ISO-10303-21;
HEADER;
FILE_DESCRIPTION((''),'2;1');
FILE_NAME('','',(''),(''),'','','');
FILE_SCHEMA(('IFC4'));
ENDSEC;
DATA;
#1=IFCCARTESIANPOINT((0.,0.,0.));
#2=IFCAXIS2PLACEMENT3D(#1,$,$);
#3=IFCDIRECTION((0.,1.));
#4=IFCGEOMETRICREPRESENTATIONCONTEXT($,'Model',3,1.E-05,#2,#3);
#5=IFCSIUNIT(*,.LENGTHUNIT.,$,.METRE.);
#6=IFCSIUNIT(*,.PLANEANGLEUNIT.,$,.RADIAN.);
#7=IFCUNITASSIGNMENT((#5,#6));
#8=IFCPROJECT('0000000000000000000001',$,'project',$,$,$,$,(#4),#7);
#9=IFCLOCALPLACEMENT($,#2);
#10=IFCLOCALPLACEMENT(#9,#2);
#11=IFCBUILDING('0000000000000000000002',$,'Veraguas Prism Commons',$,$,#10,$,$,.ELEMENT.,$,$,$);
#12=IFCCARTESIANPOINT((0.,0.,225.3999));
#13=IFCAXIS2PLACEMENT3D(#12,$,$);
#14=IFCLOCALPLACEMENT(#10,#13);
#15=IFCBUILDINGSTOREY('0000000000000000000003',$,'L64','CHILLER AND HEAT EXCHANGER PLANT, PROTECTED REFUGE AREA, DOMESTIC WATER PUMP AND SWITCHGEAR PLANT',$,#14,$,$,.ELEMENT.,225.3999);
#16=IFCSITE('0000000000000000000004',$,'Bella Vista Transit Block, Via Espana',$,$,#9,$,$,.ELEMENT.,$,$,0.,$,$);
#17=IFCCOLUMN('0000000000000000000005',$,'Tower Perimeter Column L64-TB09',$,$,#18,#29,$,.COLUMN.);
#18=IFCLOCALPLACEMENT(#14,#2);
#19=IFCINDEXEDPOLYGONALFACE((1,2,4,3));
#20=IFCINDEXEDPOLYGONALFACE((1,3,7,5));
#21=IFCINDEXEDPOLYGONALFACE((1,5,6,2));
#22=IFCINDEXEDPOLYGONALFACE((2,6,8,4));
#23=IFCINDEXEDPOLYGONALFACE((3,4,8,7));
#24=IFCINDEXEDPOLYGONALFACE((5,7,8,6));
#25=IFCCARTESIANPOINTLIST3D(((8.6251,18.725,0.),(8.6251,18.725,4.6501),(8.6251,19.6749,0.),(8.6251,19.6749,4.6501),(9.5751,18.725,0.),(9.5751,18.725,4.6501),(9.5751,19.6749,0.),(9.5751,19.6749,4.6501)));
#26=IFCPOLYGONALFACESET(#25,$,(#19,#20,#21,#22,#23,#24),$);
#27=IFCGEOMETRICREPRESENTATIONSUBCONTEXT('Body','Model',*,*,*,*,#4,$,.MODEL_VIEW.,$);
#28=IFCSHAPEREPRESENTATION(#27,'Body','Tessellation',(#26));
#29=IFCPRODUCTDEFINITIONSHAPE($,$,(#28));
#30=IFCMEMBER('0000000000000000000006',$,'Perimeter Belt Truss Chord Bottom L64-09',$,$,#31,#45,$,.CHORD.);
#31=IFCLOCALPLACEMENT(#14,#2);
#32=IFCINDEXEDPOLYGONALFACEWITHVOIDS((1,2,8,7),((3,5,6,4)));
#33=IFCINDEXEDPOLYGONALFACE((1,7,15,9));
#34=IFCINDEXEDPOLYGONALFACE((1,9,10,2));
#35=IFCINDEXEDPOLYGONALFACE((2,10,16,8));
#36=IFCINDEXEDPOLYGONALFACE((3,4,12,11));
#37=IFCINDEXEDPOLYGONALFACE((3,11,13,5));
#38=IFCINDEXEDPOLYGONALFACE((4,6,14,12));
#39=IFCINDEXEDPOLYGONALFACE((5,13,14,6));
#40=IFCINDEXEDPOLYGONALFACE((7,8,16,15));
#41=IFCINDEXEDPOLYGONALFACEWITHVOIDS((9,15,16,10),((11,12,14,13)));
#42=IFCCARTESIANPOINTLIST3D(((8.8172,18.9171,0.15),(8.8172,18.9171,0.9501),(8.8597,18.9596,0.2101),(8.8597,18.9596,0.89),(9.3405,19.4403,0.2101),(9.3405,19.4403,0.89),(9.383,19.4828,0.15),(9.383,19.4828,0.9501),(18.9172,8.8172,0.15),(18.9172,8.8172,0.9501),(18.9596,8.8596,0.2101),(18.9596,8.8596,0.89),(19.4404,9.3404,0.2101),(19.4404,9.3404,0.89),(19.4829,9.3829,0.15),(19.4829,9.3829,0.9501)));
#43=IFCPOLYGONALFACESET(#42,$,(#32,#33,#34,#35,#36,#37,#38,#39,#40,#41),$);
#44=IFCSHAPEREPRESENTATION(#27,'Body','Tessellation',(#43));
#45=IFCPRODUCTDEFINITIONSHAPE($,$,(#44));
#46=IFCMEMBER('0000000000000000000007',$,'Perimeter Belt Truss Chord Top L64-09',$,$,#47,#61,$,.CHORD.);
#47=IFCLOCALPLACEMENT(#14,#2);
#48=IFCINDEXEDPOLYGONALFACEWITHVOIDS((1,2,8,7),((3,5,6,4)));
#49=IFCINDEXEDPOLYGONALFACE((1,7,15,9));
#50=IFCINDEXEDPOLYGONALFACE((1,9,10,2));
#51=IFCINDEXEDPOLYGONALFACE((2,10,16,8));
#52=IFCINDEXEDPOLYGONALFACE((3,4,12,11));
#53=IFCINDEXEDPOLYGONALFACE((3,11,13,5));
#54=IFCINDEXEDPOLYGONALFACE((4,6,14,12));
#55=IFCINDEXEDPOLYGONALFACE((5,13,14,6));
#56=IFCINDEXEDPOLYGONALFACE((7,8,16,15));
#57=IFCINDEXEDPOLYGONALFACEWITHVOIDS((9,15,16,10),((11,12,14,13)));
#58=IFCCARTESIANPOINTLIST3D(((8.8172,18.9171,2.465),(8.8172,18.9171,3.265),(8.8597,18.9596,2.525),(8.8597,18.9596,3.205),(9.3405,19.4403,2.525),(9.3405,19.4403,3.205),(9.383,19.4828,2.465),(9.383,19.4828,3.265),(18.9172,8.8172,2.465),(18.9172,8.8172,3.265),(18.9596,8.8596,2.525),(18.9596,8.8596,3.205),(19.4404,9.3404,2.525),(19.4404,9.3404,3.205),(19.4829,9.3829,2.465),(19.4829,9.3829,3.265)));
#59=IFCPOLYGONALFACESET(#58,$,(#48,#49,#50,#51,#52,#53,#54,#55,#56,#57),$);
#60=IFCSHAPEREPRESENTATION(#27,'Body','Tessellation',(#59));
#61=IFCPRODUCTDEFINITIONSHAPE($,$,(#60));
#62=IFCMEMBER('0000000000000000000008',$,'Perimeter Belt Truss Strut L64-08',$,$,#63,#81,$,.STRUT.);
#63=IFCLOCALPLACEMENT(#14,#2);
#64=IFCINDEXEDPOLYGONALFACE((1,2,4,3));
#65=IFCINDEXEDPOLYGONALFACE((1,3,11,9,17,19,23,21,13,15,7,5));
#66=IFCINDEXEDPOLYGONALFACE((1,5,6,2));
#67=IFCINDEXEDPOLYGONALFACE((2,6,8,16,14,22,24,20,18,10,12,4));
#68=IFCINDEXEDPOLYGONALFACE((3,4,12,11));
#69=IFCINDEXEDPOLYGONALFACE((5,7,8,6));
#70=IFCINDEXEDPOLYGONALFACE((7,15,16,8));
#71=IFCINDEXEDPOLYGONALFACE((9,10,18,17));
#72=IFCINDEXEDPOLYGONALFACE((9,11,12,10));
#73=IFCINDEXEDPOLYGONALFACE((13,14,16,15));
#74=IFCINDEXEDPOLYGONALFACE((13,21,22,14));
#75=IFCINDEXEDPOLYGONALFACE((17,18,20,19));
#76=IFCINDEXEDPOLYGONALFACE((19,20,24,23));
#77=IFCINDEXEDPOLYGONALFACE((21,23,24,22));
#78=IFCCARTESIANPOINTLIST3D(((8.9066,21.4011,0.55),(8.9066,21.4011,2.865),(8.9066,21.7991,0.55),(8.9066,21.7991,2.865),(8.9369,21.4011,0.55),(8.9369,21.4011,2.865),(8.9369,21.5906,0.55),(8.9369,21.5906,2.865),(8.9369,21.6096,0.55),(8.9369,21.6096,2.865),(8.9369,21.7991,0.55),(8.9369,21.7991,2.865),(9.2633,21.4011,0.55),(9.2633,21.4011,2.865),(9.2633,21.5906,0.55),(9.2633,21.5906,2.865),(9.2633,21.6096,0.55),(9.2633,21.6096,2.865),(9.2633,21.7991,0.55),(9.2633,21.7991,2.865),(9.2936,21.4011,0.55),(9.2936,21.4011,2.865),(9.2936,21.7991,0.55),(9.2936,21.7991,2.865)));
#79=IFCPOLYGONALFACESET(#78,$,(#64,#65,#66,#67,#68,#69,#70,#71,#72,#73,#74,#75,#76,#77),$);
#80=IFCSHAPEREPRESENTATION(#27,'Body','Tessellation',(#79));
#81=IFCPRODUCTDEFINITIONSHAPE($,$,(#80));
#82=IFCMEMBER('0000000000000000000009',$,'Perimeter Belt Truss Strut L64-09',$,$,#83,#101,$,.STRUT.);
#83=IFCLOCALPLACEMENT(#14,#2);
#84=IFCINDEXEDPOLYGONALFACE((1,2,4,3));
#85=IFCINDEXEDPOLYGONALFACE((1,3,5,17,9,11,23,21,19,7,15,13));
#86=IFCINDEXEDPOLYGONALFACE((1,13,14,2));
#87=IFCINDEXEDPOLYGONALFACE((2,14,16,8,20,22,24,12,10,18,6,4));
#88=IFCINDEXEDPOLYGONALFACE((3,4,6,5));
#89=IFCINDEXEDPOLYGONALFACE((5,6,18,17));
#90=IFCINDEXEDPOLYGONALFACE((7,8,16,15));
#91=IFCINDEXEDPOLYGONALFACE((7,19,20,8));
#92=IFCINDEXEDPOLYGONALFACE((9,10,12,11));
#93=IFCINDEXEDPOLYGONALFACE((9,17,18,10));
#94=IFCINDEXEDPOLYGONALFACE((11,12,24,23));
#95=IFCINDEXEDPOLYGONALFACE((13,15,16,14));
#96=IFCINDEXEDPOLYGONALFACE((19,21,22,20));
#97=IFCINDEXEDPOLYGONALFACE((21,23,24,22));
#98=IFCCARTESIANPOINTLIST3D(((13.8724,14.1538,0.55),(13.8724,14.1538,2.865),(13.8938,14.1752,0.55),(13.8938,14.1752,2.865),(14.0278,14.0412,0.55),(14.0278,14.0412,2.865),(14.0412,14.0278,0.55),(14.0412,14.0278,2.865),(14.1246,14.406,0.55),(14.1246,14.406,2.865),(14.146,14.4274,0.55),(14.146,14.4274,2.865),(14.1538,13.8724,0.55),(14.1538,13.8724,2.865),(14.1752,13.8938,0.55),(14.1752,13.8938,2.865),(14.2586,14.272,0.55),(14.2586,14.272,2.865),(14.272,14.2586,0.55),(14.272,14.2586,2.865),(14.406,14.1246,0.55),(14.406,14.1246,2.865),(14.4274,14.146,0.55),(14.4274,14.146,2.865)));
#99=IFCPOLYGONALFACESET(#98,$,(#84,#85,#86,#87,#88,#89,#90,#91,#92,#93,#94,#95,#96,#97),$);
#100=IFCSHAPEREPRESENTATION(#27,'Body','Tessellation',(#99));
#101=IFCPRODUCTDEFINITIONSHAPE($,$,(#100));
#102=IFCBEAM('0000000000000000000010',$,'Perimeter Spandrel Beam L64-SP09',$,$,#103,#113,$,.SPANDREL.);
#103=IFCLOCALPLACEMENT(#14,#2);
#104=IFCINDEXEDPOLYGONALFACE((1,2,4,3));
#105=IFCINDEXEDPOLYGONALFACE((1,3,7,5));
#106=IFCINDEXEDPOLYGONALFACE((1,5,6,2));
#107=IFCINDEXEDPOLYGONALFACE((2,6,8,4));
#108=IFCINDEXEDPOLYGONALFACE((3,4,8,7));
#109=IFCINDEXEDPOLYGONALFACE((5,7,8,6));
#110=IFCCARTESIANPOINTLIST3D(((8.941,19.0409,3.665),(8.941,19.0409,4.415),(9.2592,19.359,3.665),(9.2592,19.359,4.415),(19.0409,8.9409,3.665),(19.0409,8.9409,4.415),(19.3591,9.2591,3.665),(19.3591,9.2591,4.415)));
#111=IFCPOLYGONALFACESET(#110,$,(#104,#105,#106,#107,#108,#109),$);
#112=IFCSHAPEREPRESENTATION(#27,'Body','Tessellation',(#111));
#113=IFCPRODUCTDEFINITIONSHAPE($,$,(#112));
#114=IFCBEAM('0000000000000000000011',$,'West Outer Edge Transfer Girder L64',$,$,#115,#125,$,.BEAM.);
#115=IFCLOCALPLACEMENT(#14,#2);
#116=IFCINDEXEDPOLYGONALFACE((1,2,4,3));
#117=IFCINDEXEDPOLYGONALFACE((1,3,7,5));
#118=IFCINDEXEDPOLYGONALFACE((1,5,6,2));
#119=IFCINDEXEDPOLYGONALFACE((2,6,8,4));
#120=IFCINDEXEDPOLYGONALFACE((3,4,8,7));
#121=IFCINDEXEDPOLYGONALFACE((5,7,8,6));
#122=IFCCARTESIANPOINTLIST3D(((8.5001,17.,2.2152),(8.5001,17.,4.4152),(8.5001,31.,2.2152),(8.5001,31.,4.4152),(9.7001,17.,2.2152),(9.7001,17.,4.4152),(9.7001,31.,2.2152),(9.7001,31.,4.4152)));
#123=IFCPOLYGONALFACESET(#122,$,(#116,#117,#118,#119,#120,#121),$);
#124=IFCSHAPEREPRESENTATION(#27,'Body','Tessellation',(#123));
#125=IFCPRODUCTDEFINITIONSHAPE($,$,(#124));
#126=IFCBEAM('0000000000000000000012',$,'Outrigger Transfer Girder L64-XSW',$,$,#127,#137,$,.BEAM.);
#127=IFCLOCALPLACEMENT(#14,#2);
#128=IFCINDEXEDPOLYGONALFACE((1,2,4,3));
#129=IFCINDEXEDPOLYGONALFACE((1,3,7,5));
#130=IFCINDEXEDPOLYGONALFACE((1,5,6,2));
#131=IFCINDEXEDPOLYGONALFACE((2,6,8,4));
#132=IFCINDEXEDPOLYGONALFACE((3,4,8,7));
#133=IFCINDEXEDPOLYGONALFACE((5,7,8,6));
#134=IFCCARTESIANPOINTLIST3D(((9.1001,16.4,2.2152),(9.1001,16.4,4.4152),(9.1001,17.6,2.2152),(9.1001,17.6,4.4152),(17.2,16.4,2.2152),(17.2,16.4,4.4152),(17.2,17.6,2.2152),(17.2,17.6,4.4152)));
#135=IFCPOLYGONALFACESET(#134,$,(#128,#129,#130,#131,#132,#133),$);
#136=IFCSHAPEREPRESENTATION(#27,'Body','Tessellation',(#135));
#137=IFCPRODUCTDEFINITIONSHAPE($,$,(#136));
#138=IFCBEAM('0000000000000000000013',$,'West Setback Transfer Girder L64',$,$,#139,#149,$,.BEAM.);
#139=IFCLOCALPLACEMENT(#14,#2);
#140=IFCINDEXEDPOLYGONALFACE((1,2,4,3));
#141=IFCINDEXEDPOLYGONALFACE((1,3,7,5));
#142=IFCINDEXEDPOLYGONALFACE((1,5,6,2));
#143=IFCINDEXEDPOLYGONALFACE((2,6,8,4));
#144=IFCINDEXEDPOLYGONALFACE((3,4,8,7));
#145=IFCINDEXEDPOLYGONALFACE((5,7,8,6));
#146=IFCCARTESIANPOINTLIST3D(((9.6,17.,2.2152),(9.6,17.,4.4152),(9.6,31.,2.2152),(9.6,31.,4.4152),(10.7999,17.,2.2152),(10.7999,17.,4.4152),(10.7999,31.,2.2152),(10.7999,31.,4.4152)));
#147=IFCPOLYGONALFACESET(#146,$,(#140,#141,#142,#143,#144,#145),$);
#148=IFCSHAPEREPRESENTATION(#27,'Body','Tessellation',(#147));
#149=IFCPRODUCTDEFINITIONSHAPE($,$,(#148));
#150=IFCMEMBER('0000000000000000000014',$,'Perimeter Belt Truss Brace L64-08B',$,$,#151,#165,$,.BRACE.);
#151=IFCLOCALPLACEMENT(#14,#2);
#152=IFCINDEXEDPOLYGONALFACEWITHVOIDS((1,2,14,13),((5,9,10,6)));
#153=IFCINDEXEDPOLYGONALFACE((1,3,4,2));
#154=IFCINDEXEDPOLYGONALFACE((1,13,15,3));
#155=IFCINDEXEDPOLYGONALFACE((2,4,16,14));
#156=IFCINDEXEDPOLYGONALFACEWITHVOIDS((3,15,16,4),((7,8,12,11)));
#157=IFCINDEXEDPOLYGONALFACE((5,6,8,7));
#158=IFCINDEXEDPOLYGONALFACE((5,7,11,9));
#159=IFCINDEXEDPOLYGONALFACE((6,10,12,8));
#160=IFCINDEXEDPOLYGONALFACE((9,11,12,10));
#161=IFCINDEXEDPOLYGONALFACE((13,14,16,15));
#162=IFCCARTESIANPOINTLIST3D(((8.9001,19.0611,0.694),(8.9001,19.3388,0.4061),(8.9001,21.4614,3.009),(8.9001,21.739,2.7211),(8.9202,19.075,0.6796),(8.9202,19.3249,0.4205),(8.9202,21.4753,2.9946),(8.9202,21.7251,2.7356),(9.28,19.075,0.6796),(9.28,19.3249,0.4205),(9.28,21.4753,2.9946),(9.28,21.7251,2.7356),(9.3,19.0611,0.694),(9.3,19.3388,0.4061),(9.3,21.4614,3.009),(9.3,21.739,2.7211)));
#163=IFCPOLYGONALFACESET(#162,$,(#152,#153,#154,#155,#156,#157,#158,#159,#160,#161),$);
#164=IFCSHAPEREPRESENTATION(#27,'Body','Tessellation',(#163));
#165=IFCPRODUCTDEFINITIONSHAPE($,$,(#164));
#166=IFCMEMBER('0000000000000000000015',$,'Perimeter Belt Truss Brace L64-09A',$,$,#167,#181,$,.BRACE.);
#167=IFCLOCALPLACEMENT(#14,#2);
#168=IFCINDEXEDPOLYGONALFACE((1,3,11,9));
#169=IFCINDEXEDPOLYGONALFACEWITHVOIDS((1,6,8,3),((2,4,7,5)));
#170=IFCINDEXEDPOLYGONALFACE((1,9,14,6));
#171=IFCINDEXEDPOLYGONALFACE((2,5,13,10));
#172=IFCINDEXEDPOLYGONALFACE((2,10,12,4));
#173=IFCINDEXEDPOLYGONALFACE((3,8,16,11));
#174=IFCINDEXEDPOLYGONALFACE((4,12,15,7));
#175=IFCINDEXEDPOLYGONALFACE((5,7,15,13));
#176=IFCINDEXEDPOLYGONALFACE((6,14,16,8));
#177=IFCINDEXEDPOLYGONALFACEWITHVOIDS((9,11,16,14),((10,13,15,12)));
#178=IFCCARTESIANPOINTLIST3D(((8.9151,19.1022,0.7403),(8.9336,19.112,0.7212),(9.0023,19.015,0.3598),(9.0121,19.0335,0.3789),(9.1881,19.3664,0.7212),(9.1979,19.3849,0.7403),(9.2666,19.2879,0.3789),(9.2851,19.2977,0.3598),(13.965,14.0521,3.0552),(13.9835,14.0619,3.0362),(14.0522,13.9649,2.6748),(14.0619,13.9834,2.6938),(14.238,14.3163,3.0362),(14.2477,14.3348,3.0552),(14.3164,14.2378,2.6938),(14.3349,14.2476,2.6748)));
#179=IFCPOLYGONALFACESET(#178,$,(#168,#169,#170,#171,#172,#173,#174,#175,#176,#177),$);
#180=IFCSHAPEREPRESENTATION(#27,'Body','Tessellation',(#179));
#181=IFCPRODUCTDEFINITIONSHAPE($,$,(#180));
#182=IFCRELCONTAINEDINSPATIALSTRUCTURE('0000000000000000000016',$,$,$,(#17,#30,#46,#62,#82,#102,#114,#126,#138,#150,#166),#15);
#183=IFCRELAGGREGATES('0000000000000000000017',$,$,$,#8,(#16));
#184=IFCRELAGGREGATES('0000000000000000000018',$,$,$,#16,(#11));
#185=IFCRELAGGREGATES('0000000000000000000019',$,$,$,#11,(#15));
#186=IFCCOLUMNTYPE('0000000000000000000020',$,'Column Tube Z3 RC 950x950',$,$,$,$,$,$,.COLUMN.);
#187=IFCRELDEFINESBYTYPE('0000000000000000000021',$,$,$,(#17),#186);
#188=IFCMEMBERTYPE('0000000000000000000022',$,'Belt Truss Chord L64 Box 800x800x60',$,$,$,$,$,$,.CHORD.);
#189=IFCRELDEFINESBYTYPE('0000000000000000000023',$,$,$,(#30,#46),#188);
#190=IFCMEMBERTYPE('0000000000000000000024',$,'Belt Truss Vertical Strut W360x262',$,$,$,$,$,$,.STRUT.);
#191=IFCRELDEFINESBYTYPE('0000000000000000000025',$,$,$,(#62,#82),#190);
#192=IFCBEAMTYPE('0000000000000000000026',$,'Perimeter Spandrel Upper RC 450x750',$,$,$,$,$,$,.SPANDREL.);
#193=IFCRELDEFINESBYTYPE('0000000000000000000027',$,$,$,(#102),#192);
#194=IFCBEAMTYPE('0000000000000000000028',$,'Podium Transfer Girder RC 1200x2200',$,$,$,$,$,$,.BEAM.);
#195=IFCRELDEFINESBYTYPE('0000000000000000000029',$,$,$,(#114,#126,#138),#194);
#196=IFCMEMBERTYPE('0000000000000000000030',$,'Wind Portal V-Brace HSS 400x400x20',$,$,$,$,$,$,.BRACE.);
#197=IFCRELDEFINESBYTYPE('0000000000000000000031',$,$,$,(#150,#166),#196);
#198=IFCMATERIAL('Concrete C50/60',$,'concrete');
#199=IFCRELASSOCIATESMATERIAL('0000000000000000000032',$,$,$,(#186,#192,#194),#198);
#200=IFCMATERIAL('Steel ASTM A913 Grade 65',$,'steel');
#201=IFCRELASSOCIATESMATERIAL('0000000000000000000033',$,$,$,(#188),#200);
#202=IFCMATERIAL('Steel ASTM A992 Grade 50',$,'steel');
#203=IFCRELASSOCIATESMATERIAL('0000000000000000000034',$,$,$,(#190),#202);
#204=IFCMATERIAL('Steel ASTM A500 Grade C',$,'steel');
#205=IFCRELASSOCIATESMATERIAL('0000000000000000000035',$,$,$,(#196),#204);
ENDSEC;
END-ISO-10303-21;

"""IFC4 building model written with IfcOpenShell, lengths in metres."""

from ifc_helpers import new_model, si_unit, direction, frame, origin, origin_2d, place, context, subcontext, project, spatial, rectangle, hollow_rectangle, i_section, extrude, material, material_profile, profile_set, type_object, element, save


model = new_model("IFC4")

# Units and contexts
model_context = context("Model", 3, precision=1e-05, world=origin(), true_north=direction((0.0, 1.0)))
body_context = subcontext(model_context, "Body", "Model", "MODEL_VIEW")
ifc_project = project(units=[si_unit("LENGTHUNIT", "METRE"), si_unit("PLANEANGLEUNIT", "RADIAN")], contexts=[model_context])

# Site, building, storey
site_placement = place(None, origin())
site = spatial("IfcSite", under=ifc_project, at=site_placement, Name="Bella Vista Transit Block, Via Espana", CompositionType="ELEMENT", RefElevation=0.0)
building_placement = place(site_placement, origin())
building = spatial("IfcBuilding", under=site, at=building_placement, Name="Veraguas Prism Commons", CompositionType="ELEMENT")
storey_placement = place(building_placement, frame((0.0, 0.0, 225.3999)))
storey = spatial("IfcBuildingStorey", under=building, at=storey_placement, Name="L64", Description="CHILLER AND HEAT EXCHANGER PLANT, PROTECTED REFUGE AREA, DOMESTIC WATER PUMP AND SWITCHGEAR PLANT", CompositionType="ELEMENT", Elevation=225.3999)

# Column
ifc_material_1 = material(Name="Concrete C50/60", Category="concrete")
ifc_material_profile_1 = material_profile(ifc_material_1, rectangle(XDim=0.95, YDim=0.95, at=origin_2d()), Name="RC950X950")
ifc_profile_set_1 = profile_set([ifc_material_profile_1], Name="Concrete C50/60")
column_type = type_object("IfcColumnType", Name="Column Tube Z3 RC 950x950", PredefinedType="COLUMN", material=ifc_profile_set_1)
column_placement = place(storey_placement, frame((9.1001, 19.2, 0.0), z_axis=(0.0, 0.0, 1.0), x_axis=(1.0, 0.0, 0.0)))
element("IfcColumn", 1, at=column_placement, inside=storey, type_object=column_type, Name="Tower Perimeter Column L64-TB09", PredefinedType="COLUMN", context=body_context, shape_type="SweptSolid", body=[
    extrude(rectangle(XDim=0.95, YDim=0.95, at=origin_2d()), origin(), (0.0, 0.0, 1.0), 4.6501),
])

# Members
ifc_material_2 = material(Name="Steel ASTM A913 Grade 65", Category="steel")
ifc_material_profile_2 = material_profile(ifc_material_2, hollow_rectangle(XDim=0.8, YDim=0.8, WallThickness=0.0601, at=origin_2d()), Name="BOX800X800X60")
ifc_profile_set_2 = profile_set([ifc_material_profile_2], Name="Steel ASTM A913 Grade 65")
member_type_1 = type_object("IfcMemberType", Name="Belt Truss Chord L64 Box 800x800x60", PredefinedType="CHORD", material=ifc_profile_set_2)
for number, where, z_axis, x_axis, name in (
    (2, (9.1001, 19.2, 0.55), (0.707107, -0.707107, 0.0), (0.707107, 0.707107, 0.0), "Perimeter Belt Truss Chord Bottom L64-09"),
    (3, (9.1001, 19.2, 2.865), (0.707107, -0.707107, 0.0), (0.707107, 0.707107, 0.0), "Perimeter Belt Truss Chord Top L64-09"),
):
    element("IfcMember", number, at=place(storey_placement, frame(where, z_axis=z_axis, x_axis=x_axis)), inside=storey, type_object=member_type_1, Name=name, PredefinedType="CHORD", context=body_context, shape_type="SweptSolid", body=[
        extrude(hollow_rectangle(XDim=0.8, YDim=0.8, WallThickness=0.0601, at=origin_2d()), origin(), (0.0, 0.0, 1.0), 14.2834),
    ])
ifc_material_3 = material(Name="Steel ASTM A992 Grade 50", Category="steel")
ifc_material_profile_3 = material_profile(ifc_material_3, i_section(OverallWidth=0.3979, OverallDepth=0.387, WebThickness=0.019, FlangeThickness=0.0303, at=origin_2d()), Name="W360X262")
ifc_profile_set_3 = profile_set([ifc_material_profile_3], Name="Steel ASTM A992 Grade 50")
member_type_2 = type_object("IfcMemberType", Name="Belt Truss Vertical Strut W360x262", PredefinedType="STRUT", material=ifc_profile_set_3)
for number, where, z_axis, x_axis, name in (
    (4, (9.1001, 21.6001, 0.55), (0.0, 0.0, 1.0), (0.0, -1.0, 0.0), "Perimeter Belt Truss Strut L64-08"),
    (5, (14.1499, 14.1499, 0.55), (0.0, 0.0, 1.0), (0.707107, -0.707107, 0.0), "Perimeter Belt Truss Strut L64-09"),
):
    element("IfcMember", number, at=place(storey_placement, frame(where, z_axis=z_axis, x_axis=x_axis)), inside=storey, type_object=member_type_2, Name=name, PredefinedType="STRUT", context=body_context, shape_type="SweptSolid", body=[
        extrude(i_section(OverallWidth=0.3979, OverallDepth=0.387, WebThickness=0.019, FlangeThickness=0.0303, at=origin_2d()), origin(), (0.0, 0.0, 1.0), 2.3149),
    ])

# Beams
ifc_material_profile_4 = material_profile(ifc_material_1, rectangle(XDim=0.45, YDim=0.75, at=origin_2d()), Name="RC450X750")
ifc_profile_set_4 = profile_set([ifc_material_profile_4], Name="Concrete C50/60")
beam_type_1 = type_object("IfcBeamType", Name="Perimeter Spandrel Upper RC 450x750", PredefinedType="SPANDREL", material=ifc_profile_set_4)
beam_1_placement = place(storey_placement, frame((9.1001, 19.2, 4.04), z_axis=(0.707107, -0.707107, 0.0), x_axis=(0.707107, 0.707107, 0.0)))
element("IfcBeam", 6, at=beam_1_placement, inside=storey, type_object=beam_type_1, Name="Perimeter Spandrel Beam L64-SP09", PredefinedType="SPANDREL", context=body_context, shape_type="SweptSolid", body=[
    extrude(rectangle(XDim=0.45, YDim=0.75, at=origin_2d()), origin(), (0.0, 0.0, 1.0), 14.2834),
])
ifc_material_profile_5 = material_profile(ifc_material_1, rectangle(XDim=1.2, YDim=2.2, at=origin_2d()), Name="RC1200X2200")
ifc_profile_set_5 = profile_set([ifc_material_profile_5], Name="Concrete C50/60")
beam_type_2 = type_object("IfcBeamType", Name="Podium Transfer Girder RC 1200x2200", PredefinedType="BEAM", material=ifc_profile_set_5)
beam_2_placement = place(storey_placement, frame((9.1001, 17.0, 3.3152), z_axis=(0.0, 1.0, 0.0), x_axis=(-1.0, 0.0, 0.0)))
element("IfcBeam", 7, at=beam_2_placement, inside=storey, type_object=beam_type_2, Name="West Outer Edge Transfer Girder L64", PredefinedType="BEAM", context=body_context, shape_type="SweptSolid", body=[
    extrude(rectangle(XDim=1.2, YDim=2.2, at=origin_2d()), origin(), (0.0, 0.0, 1.0), 14.0),
])
beam_3_placement = place(storey_placement, frame((9.1001, 17.0, 3.3152), z_axis=(1.0, 0.0, 0.0), x_axis=(0.0, 1.0, 0.0)))
element("IfcBeam", 8, at=beam_3_placement, inside=storey, type_object=beam_type_2, Name="Outrigger Transfer Girder L64-XSW", PredefinedType="BEAM", context=body_context, shape_type="SweptSolid", body=[
    extrude(rectangle(XDim=1.2, YDim=2.2, at=origin_2d()), origin(), (0.0, 0.0, 1.0), 8.0999),
])
beam_4_placement = place(storey_placement, frame((10.2, 17.0, 3.3152), z_axis=(0.0, 1.0, 0.0), x_axis=(-1.0, 0.0, 0.0)))
element("IfcBeam", 9, at=beam_4_placement, inside=storey, type_object=beam_type_2, Name="West Setback Transfer Girder L64", PredefinedType="BEAM", context=body_context, shape_type="SweptSolid", body=[
    extrude(rectangle(XDim=1.2, YDim=2.2, at=origin_2d()), origin(), (0.0, 0.0, 1.0), 14.0),
])

# Members
ifc_material_4 = material(Name="Steel ASTM A500 Grade C", Category="steel")
ifc_material_profile_6 = material_profile(ifc_material_4, hollow_rectangle(XDim=0.3999, YDim=0.3999, WallThickness=0.02, at=origin_2d()), Name="HSS400X400X20")
ifc_profile_set_6 = profile_set([ifc_material_profile_6], Name="Steel ASTM A500 Grade C")
member_type_3 = type_object("IfcMemberType", Name="Wind Portal V-Brace HSS 400x400x20", PredefinedType="BRACE", material=ifc_profile_set_6)
member_1_placement = place(storey_placement, frame((9.1001, 19.2, 0.55), z_axis=(0.0, 0.719767, 0.694216), x_axis=(-1.0, 0.0, 0.0)))
element("IfcMember", 10, at=member_1_placement, inside=storey, type_object=member_type_3, Name="Perimeter Belt Truss Brace L64-08B", PredefinedType="BRACE", context=body_context, shape_type="SweptSolid", body=[
    extrude(hollow_rectangle(XDim=0.3999, YDim=0.3999, WallThickness=0.02, at=origin_2d()), origin(), (0.0, 0.0, 1.0), 3.3347),
])
member_2_placement = place(storey_placement, frame((9.1001, 19.2, 0.55), z_axis=(0.672635, -0.672668, 0.308351), x_axis=(0.707124, 0.70709, 0.0)))
element("IfcMember", 11, at=member_2_placement, inside=storey, type_object=member_type_3, Name="Perimeter Belt Truss Brace L64-09A", PredefinedType="BRACE", context=body_context, shape_type="SweptSolid", body=[
    extrude(hollow_rectangle(XDim=0.3999, YDim=0.3999, WallThickness=0.02, at=origin_2d()), origin(), (0.0, 0.0, 1.0), 7.5076),
])

save(model, "model.ifc")
